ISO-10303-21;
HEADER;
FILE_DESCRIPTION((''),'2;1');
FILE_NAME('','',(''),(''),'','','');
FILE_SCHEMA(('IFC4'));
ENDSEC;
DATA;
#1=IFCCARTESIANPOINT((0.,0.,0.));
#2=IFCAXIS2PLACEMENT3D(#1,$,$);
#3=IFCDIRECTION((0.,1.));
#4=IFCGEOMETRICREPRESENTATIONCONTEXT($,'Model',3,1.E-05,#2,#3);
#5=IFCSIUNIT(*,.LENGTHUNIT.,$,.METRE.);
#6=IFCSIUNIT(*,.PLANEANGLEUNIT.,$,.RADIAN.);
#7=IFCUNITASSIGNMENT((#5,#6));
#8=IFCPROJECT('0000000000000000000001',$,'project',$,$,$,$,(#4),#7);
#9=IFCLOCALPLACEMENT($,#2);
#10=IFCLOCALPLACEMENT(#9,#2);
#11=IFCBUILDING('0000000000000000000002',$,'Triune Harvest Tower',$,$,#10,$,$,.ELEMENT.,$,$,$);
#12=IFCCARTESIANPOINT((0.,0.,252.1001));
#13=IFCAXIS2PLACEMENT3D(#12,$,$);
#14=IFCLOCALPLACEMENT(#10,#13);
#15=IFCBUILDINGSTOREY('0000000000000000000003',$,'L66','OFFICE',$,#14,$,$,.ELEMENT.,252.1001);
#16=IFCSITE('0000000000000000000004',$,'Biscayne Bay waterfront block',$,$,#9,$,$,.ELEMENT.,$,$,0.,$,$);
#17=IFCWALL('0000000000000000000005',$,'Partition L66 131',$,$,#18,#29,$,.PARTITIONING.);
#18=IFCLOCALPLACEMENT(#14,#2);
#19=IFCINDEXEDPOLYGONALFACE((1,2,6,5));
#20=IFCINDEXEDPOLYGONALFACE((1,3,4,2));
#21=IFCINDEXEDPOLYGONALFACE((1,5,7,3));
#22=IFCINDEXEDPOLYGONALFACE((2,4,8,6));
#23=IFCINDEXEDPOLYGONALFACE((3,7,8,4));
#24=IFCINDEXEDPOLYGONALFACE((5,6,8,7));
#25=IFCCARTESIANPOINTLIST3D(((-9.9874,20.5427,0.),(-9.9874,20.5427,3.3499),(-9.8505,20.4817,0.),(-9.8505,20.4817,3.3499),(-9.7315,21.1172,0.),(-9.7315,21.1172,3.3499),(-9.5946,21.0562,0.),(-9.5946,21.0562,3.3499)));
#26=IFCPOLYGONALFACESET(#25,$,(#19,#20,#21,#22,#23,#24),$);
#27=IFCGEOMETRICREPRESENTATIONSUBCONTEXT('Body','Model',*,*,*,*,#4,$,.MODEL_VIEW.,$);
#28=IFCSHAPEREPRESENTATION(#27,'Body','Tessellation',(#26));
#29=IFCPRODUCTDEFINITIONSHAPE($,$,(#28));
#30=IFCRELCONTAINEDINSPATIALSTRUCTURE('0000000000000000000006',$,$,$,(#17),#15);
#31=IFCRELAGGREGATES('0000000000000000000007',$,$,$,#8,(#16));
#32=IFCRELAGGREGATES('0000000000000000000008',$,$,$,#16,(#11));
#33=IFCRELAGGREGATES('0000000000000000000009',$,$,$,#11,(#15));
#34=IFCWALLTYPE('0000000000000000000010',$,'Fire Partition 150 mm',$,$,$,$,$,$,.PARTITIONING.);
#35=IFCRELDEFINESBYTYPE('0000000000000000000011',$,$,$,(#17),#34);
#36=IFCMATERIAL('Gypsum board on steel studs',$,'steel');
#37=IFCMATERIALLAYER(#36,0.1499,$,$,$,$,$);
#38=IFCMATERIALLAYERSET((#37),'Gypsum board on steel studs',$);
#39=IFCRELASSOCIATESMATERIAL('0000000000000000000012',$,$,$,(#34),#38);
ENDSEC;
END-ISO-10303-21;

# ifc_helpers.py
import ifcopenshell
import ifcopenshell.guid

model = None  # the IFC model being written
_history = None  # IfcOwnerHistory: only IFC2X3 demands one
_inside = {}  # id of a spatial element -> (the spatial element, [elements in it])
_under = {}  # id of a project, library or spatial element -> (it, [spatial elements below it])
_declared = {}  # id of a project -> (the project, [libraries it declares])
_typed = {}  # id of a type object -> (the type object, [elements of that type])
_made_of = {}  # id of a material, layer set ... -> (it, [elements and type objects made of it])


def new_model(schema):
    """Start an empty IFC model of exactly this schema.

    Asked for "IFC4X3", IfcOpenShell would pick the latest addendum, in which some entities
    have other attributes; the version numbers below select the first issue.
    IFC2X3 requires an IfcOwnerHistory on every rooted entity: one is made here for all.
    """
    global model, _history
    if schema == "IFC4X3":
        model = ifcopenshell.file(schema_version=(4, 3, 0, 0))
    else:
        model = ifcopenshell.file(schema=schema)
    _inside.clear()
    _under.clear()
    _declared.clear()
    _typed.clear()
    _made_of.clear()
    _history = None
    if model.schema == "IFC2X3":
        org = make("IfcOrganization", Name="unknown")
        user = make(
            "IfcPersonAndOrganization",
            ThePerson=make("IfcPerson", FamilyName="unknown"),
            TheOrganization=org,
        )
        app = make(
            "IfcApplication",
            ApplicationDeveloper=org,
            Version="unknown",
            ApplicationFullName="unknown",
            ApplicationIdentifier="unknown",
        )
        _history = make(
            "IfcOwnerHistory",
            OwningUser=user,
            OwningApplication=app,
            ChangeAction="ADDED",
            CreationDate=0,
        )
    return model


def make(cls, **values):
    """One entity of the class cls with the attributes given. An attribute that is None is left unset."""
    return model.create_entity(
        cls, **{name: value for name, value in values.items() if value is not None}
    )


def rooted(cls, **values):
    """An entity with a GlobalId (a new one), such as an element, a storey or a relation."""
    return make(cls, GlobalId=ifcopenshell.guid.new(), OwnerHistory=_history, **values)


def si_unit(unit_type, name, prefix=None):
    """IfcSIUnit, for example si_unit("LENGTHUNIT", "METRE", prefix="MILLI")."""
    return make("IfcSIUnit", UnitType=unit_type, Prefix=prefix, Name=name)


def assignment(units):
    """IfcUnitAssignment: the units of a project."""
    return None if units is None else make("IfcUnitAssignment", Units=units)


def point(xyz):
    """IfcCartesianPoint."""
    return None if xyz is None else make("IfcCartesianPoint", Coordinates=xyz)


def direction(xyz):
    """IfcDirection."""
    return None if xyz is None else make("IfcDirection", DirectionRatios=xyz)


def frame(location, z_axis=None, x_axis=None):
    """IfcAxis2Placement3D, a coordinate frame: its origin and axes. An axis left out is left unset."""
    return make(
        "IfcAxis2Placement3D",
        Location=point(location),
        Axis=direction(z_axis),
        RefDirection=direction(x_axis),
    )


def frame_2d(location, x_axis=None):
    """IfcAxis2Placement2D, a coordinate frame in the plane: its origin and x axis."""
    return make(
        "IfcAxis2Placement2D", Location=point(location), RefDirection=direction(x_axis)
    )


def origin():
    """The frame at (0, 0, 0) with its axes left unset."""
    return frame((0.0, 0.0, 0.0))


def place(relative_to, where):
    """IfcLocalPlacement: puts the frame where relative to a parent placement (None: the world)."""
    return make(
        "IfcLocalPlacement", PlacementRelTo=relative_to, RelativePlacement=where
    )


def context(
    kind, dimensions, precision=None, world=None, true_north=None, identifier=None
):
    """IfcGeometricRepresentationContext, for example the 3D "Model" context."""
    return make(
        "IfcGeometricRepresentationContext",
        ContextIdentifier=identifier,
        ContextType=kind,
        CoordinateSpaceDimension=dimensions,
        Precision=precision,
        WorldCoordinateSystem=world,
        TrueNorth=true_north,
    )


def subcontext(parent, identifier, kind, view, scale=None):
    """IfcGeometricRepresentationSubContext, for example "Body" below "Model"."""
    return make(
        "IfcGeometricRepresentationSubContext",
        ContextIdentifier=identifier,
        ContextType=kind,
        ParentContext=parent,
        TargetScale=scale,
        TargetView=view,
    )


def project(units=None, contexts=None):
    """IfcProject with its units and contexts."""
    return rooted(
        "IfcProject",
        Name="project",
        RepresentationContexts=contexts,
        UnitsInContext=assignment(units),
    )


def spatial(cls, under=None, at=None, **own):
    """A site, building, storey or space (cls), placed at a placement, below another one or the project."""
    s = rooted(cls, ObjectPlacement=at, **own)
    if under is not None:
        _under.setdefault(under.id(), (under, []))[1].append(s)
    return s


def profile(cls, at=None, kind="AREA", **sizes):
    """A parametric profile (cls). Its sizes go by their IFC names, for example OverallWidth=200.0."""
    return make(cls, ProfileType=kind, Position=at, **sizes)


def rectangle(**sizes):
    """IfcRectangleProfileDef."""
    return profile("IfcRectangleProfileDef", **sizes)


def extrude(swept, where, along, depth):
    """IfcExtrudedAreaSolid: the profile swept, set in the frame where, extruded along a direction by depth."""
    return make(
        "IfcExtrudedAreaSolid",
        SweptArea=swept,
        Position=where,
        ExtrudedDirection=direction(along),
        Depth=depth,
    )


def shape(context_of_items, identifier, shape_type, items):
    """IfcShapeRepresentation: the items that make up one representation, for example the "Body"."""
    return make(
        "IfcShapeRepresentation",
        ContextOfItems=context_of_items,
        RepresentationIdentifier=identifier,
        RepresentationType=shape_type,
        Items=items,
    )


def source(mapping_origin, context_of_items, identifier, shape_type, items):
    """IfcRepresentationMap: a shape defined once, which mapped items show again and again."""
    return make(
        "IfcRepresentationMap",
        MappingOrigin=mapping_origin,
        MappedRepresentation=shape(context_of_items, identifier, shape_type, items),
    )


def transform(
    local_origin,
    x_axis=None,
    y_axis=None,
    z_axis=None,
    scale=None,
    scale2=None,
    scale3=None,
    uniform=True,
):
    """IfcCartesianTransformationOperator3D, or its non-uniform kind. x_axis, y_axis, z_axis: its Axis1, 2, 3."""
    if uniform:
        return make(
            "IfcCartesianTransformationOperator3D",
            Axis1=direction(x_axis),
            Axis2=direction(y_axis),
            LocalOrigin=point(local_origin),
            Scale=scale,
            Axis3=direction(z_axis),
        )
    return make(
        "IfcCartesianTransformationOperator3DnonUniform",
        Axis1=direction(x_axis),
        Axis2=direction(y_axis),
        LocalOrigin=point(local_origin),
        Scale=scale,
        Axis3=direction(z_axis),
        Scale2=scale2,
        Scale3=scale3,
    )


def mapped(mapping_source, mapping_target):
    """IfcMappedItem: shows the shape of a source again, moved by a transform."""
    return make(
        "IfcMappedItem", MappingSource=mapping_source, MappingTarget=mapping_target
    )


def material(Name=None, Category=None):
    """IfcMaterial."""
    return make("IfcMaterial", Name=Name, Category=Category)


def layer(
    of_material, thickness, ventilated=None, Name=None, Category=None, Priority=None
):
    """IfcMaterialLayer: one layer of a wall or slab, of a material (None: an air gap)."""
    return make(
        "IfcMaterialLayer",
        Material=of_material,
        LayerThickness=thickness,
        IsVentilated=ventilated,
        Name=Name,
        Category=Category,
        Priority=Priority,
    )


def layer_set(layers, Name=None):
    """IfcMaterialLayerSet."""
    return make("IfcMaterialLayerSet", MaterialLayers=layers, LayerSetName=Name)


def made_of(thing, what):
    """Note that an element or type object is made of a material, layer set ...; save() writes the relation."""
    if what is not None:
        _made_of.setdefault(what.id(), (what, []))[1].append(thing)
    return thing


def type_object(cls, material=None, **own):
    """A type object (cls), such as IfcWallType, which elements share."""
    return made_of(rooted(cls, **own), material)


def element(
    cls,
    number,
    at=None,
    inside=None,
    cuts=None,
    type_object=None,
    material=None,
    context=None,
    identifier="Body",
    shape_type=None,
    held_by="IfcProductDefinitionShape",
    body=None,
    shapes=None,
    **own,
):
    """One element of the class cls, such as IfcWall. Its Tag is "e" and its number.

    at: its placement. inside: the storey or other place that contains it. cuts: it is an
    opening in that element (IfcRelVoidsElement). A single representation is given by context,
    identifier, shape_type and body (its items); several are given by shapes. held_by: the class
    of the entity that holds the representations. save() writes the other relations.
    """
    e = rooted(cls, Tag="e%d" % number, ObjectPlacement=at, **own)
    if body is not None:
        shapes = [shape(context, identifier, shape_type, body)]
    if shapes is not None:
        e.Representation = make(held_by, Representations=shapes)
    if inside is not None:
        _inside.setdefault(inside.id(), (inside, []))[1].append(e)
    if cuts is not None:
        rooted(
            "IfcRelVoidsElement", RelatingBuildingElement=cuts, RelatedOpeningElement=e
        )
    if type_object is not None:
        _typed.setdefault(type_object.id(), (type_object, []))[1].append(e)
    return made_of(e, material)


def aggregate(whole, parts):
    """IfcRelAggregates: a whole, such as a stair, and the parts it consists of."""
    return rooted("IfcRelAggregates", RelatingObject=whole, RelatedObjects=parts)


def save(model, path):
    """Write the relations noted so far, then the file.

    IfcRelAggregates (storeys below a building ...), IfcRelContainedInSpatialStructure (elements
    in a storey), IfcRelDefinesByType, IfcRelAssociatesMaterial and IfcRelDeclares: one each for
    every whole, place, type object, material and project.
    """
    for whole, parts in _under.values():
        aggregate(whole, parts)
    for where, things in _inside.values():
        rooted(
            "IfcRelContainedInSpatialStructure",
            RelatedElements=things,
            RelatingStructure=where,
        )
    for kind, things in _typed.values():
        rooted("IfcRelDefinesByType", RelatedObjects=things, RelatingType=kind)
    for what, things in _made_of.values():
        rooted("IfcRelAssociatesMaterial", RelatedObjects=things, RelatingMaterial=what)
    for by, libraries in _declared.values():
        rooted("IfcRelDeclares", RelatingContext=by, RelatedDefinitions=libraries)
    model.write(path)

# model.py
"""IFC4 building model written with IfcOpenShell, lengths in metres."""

from ifc_helpers import new_model, si_unit, direction, frame, frame_2d, origin, place, context, subcontext, project, spatial, rectangle, extrude, source, transform, mapped, material, layer, layer_set, type_object, element, save


model = new_model("IFC4")

# Units and contexts
model_context = context("Model", 3, precision=1e-05, world=origin(), true_north=direction((0.0, 1.0)))
body_context = subcontext(model_context, "Body", "Model", "MODEL_VIEW")
ifc_project = project(units=[si_unit("LENGTHUNIT", "METRE"), si_unit("PLANEANGLEUNIT", "RADIAN")], contexts=[model_context])

# Site, building, storey
site_placement = place(None, origin())
site = spatial("IfcSite", under=ifc_project, at=site_placement, Name="Biscayne Bay waterfront block", CompositionType="ELEMENT", RefElevation=0.0)
building_placement = place(site_placement, origin())
building = spatial("IfcBuilding", under=site, at=building_placement, Name="Triune Harvest Tower", CompositionType="ELEMENT")
storey_placement = place(building_placement, frame((0.0, 0.0, 252.1001)))
storey = spatial("IfcBuildingStorey", under=building, at=storey_placement, Name="L66", Description="OFFICE", CompositionType="ELEMENT", Elevation=252.1001)

# Shared definitions
ifc_material_1 = material(Name="Gypsum board on steel studs", Category="steel")
ifc_layer_1 = layer(ifc_material_1, 0.1499)
ifc_layer_set_1 = layer_set([ifc_layer_1], Name="Gypsum board on steel studs")
wall_type_1 = type_object("IfcWallType", Name="Fire Partition 150 mm", PredefinedType="PARTITIONING", material=ifc_layer_set_1)

# Wall
shared_shape_1 = source(origin(), body_context, "Body", "SweptSolid", [
    extrude(rectangle(XDim=0.6289, YDim=0.1499, at=frame_2d((0.3145, 0.0))), origin(), (0.0, 0.0, 1.0), 3.3499),
])
wall_1_placement = place(storey_placement, frame((-9.9189, 20.5122, 0.0), z_axis=(0.0, 0.0, 1.0), x_axis=(0.406859, 0.913491, 0.0)))
element("IfcWall", 1, at=wall_1_placement, inside=storey, type_object=wall_type_1, Name="Partition L66 131", PredefinedType="PARTITIONING", context=body_context, shape_type="MappedRepresentation", body=[
    mapped(shared_shape_1, transform((0.0, 0.0, 0.0), scale=1.0)),
])

save(model, "model.ifc")
